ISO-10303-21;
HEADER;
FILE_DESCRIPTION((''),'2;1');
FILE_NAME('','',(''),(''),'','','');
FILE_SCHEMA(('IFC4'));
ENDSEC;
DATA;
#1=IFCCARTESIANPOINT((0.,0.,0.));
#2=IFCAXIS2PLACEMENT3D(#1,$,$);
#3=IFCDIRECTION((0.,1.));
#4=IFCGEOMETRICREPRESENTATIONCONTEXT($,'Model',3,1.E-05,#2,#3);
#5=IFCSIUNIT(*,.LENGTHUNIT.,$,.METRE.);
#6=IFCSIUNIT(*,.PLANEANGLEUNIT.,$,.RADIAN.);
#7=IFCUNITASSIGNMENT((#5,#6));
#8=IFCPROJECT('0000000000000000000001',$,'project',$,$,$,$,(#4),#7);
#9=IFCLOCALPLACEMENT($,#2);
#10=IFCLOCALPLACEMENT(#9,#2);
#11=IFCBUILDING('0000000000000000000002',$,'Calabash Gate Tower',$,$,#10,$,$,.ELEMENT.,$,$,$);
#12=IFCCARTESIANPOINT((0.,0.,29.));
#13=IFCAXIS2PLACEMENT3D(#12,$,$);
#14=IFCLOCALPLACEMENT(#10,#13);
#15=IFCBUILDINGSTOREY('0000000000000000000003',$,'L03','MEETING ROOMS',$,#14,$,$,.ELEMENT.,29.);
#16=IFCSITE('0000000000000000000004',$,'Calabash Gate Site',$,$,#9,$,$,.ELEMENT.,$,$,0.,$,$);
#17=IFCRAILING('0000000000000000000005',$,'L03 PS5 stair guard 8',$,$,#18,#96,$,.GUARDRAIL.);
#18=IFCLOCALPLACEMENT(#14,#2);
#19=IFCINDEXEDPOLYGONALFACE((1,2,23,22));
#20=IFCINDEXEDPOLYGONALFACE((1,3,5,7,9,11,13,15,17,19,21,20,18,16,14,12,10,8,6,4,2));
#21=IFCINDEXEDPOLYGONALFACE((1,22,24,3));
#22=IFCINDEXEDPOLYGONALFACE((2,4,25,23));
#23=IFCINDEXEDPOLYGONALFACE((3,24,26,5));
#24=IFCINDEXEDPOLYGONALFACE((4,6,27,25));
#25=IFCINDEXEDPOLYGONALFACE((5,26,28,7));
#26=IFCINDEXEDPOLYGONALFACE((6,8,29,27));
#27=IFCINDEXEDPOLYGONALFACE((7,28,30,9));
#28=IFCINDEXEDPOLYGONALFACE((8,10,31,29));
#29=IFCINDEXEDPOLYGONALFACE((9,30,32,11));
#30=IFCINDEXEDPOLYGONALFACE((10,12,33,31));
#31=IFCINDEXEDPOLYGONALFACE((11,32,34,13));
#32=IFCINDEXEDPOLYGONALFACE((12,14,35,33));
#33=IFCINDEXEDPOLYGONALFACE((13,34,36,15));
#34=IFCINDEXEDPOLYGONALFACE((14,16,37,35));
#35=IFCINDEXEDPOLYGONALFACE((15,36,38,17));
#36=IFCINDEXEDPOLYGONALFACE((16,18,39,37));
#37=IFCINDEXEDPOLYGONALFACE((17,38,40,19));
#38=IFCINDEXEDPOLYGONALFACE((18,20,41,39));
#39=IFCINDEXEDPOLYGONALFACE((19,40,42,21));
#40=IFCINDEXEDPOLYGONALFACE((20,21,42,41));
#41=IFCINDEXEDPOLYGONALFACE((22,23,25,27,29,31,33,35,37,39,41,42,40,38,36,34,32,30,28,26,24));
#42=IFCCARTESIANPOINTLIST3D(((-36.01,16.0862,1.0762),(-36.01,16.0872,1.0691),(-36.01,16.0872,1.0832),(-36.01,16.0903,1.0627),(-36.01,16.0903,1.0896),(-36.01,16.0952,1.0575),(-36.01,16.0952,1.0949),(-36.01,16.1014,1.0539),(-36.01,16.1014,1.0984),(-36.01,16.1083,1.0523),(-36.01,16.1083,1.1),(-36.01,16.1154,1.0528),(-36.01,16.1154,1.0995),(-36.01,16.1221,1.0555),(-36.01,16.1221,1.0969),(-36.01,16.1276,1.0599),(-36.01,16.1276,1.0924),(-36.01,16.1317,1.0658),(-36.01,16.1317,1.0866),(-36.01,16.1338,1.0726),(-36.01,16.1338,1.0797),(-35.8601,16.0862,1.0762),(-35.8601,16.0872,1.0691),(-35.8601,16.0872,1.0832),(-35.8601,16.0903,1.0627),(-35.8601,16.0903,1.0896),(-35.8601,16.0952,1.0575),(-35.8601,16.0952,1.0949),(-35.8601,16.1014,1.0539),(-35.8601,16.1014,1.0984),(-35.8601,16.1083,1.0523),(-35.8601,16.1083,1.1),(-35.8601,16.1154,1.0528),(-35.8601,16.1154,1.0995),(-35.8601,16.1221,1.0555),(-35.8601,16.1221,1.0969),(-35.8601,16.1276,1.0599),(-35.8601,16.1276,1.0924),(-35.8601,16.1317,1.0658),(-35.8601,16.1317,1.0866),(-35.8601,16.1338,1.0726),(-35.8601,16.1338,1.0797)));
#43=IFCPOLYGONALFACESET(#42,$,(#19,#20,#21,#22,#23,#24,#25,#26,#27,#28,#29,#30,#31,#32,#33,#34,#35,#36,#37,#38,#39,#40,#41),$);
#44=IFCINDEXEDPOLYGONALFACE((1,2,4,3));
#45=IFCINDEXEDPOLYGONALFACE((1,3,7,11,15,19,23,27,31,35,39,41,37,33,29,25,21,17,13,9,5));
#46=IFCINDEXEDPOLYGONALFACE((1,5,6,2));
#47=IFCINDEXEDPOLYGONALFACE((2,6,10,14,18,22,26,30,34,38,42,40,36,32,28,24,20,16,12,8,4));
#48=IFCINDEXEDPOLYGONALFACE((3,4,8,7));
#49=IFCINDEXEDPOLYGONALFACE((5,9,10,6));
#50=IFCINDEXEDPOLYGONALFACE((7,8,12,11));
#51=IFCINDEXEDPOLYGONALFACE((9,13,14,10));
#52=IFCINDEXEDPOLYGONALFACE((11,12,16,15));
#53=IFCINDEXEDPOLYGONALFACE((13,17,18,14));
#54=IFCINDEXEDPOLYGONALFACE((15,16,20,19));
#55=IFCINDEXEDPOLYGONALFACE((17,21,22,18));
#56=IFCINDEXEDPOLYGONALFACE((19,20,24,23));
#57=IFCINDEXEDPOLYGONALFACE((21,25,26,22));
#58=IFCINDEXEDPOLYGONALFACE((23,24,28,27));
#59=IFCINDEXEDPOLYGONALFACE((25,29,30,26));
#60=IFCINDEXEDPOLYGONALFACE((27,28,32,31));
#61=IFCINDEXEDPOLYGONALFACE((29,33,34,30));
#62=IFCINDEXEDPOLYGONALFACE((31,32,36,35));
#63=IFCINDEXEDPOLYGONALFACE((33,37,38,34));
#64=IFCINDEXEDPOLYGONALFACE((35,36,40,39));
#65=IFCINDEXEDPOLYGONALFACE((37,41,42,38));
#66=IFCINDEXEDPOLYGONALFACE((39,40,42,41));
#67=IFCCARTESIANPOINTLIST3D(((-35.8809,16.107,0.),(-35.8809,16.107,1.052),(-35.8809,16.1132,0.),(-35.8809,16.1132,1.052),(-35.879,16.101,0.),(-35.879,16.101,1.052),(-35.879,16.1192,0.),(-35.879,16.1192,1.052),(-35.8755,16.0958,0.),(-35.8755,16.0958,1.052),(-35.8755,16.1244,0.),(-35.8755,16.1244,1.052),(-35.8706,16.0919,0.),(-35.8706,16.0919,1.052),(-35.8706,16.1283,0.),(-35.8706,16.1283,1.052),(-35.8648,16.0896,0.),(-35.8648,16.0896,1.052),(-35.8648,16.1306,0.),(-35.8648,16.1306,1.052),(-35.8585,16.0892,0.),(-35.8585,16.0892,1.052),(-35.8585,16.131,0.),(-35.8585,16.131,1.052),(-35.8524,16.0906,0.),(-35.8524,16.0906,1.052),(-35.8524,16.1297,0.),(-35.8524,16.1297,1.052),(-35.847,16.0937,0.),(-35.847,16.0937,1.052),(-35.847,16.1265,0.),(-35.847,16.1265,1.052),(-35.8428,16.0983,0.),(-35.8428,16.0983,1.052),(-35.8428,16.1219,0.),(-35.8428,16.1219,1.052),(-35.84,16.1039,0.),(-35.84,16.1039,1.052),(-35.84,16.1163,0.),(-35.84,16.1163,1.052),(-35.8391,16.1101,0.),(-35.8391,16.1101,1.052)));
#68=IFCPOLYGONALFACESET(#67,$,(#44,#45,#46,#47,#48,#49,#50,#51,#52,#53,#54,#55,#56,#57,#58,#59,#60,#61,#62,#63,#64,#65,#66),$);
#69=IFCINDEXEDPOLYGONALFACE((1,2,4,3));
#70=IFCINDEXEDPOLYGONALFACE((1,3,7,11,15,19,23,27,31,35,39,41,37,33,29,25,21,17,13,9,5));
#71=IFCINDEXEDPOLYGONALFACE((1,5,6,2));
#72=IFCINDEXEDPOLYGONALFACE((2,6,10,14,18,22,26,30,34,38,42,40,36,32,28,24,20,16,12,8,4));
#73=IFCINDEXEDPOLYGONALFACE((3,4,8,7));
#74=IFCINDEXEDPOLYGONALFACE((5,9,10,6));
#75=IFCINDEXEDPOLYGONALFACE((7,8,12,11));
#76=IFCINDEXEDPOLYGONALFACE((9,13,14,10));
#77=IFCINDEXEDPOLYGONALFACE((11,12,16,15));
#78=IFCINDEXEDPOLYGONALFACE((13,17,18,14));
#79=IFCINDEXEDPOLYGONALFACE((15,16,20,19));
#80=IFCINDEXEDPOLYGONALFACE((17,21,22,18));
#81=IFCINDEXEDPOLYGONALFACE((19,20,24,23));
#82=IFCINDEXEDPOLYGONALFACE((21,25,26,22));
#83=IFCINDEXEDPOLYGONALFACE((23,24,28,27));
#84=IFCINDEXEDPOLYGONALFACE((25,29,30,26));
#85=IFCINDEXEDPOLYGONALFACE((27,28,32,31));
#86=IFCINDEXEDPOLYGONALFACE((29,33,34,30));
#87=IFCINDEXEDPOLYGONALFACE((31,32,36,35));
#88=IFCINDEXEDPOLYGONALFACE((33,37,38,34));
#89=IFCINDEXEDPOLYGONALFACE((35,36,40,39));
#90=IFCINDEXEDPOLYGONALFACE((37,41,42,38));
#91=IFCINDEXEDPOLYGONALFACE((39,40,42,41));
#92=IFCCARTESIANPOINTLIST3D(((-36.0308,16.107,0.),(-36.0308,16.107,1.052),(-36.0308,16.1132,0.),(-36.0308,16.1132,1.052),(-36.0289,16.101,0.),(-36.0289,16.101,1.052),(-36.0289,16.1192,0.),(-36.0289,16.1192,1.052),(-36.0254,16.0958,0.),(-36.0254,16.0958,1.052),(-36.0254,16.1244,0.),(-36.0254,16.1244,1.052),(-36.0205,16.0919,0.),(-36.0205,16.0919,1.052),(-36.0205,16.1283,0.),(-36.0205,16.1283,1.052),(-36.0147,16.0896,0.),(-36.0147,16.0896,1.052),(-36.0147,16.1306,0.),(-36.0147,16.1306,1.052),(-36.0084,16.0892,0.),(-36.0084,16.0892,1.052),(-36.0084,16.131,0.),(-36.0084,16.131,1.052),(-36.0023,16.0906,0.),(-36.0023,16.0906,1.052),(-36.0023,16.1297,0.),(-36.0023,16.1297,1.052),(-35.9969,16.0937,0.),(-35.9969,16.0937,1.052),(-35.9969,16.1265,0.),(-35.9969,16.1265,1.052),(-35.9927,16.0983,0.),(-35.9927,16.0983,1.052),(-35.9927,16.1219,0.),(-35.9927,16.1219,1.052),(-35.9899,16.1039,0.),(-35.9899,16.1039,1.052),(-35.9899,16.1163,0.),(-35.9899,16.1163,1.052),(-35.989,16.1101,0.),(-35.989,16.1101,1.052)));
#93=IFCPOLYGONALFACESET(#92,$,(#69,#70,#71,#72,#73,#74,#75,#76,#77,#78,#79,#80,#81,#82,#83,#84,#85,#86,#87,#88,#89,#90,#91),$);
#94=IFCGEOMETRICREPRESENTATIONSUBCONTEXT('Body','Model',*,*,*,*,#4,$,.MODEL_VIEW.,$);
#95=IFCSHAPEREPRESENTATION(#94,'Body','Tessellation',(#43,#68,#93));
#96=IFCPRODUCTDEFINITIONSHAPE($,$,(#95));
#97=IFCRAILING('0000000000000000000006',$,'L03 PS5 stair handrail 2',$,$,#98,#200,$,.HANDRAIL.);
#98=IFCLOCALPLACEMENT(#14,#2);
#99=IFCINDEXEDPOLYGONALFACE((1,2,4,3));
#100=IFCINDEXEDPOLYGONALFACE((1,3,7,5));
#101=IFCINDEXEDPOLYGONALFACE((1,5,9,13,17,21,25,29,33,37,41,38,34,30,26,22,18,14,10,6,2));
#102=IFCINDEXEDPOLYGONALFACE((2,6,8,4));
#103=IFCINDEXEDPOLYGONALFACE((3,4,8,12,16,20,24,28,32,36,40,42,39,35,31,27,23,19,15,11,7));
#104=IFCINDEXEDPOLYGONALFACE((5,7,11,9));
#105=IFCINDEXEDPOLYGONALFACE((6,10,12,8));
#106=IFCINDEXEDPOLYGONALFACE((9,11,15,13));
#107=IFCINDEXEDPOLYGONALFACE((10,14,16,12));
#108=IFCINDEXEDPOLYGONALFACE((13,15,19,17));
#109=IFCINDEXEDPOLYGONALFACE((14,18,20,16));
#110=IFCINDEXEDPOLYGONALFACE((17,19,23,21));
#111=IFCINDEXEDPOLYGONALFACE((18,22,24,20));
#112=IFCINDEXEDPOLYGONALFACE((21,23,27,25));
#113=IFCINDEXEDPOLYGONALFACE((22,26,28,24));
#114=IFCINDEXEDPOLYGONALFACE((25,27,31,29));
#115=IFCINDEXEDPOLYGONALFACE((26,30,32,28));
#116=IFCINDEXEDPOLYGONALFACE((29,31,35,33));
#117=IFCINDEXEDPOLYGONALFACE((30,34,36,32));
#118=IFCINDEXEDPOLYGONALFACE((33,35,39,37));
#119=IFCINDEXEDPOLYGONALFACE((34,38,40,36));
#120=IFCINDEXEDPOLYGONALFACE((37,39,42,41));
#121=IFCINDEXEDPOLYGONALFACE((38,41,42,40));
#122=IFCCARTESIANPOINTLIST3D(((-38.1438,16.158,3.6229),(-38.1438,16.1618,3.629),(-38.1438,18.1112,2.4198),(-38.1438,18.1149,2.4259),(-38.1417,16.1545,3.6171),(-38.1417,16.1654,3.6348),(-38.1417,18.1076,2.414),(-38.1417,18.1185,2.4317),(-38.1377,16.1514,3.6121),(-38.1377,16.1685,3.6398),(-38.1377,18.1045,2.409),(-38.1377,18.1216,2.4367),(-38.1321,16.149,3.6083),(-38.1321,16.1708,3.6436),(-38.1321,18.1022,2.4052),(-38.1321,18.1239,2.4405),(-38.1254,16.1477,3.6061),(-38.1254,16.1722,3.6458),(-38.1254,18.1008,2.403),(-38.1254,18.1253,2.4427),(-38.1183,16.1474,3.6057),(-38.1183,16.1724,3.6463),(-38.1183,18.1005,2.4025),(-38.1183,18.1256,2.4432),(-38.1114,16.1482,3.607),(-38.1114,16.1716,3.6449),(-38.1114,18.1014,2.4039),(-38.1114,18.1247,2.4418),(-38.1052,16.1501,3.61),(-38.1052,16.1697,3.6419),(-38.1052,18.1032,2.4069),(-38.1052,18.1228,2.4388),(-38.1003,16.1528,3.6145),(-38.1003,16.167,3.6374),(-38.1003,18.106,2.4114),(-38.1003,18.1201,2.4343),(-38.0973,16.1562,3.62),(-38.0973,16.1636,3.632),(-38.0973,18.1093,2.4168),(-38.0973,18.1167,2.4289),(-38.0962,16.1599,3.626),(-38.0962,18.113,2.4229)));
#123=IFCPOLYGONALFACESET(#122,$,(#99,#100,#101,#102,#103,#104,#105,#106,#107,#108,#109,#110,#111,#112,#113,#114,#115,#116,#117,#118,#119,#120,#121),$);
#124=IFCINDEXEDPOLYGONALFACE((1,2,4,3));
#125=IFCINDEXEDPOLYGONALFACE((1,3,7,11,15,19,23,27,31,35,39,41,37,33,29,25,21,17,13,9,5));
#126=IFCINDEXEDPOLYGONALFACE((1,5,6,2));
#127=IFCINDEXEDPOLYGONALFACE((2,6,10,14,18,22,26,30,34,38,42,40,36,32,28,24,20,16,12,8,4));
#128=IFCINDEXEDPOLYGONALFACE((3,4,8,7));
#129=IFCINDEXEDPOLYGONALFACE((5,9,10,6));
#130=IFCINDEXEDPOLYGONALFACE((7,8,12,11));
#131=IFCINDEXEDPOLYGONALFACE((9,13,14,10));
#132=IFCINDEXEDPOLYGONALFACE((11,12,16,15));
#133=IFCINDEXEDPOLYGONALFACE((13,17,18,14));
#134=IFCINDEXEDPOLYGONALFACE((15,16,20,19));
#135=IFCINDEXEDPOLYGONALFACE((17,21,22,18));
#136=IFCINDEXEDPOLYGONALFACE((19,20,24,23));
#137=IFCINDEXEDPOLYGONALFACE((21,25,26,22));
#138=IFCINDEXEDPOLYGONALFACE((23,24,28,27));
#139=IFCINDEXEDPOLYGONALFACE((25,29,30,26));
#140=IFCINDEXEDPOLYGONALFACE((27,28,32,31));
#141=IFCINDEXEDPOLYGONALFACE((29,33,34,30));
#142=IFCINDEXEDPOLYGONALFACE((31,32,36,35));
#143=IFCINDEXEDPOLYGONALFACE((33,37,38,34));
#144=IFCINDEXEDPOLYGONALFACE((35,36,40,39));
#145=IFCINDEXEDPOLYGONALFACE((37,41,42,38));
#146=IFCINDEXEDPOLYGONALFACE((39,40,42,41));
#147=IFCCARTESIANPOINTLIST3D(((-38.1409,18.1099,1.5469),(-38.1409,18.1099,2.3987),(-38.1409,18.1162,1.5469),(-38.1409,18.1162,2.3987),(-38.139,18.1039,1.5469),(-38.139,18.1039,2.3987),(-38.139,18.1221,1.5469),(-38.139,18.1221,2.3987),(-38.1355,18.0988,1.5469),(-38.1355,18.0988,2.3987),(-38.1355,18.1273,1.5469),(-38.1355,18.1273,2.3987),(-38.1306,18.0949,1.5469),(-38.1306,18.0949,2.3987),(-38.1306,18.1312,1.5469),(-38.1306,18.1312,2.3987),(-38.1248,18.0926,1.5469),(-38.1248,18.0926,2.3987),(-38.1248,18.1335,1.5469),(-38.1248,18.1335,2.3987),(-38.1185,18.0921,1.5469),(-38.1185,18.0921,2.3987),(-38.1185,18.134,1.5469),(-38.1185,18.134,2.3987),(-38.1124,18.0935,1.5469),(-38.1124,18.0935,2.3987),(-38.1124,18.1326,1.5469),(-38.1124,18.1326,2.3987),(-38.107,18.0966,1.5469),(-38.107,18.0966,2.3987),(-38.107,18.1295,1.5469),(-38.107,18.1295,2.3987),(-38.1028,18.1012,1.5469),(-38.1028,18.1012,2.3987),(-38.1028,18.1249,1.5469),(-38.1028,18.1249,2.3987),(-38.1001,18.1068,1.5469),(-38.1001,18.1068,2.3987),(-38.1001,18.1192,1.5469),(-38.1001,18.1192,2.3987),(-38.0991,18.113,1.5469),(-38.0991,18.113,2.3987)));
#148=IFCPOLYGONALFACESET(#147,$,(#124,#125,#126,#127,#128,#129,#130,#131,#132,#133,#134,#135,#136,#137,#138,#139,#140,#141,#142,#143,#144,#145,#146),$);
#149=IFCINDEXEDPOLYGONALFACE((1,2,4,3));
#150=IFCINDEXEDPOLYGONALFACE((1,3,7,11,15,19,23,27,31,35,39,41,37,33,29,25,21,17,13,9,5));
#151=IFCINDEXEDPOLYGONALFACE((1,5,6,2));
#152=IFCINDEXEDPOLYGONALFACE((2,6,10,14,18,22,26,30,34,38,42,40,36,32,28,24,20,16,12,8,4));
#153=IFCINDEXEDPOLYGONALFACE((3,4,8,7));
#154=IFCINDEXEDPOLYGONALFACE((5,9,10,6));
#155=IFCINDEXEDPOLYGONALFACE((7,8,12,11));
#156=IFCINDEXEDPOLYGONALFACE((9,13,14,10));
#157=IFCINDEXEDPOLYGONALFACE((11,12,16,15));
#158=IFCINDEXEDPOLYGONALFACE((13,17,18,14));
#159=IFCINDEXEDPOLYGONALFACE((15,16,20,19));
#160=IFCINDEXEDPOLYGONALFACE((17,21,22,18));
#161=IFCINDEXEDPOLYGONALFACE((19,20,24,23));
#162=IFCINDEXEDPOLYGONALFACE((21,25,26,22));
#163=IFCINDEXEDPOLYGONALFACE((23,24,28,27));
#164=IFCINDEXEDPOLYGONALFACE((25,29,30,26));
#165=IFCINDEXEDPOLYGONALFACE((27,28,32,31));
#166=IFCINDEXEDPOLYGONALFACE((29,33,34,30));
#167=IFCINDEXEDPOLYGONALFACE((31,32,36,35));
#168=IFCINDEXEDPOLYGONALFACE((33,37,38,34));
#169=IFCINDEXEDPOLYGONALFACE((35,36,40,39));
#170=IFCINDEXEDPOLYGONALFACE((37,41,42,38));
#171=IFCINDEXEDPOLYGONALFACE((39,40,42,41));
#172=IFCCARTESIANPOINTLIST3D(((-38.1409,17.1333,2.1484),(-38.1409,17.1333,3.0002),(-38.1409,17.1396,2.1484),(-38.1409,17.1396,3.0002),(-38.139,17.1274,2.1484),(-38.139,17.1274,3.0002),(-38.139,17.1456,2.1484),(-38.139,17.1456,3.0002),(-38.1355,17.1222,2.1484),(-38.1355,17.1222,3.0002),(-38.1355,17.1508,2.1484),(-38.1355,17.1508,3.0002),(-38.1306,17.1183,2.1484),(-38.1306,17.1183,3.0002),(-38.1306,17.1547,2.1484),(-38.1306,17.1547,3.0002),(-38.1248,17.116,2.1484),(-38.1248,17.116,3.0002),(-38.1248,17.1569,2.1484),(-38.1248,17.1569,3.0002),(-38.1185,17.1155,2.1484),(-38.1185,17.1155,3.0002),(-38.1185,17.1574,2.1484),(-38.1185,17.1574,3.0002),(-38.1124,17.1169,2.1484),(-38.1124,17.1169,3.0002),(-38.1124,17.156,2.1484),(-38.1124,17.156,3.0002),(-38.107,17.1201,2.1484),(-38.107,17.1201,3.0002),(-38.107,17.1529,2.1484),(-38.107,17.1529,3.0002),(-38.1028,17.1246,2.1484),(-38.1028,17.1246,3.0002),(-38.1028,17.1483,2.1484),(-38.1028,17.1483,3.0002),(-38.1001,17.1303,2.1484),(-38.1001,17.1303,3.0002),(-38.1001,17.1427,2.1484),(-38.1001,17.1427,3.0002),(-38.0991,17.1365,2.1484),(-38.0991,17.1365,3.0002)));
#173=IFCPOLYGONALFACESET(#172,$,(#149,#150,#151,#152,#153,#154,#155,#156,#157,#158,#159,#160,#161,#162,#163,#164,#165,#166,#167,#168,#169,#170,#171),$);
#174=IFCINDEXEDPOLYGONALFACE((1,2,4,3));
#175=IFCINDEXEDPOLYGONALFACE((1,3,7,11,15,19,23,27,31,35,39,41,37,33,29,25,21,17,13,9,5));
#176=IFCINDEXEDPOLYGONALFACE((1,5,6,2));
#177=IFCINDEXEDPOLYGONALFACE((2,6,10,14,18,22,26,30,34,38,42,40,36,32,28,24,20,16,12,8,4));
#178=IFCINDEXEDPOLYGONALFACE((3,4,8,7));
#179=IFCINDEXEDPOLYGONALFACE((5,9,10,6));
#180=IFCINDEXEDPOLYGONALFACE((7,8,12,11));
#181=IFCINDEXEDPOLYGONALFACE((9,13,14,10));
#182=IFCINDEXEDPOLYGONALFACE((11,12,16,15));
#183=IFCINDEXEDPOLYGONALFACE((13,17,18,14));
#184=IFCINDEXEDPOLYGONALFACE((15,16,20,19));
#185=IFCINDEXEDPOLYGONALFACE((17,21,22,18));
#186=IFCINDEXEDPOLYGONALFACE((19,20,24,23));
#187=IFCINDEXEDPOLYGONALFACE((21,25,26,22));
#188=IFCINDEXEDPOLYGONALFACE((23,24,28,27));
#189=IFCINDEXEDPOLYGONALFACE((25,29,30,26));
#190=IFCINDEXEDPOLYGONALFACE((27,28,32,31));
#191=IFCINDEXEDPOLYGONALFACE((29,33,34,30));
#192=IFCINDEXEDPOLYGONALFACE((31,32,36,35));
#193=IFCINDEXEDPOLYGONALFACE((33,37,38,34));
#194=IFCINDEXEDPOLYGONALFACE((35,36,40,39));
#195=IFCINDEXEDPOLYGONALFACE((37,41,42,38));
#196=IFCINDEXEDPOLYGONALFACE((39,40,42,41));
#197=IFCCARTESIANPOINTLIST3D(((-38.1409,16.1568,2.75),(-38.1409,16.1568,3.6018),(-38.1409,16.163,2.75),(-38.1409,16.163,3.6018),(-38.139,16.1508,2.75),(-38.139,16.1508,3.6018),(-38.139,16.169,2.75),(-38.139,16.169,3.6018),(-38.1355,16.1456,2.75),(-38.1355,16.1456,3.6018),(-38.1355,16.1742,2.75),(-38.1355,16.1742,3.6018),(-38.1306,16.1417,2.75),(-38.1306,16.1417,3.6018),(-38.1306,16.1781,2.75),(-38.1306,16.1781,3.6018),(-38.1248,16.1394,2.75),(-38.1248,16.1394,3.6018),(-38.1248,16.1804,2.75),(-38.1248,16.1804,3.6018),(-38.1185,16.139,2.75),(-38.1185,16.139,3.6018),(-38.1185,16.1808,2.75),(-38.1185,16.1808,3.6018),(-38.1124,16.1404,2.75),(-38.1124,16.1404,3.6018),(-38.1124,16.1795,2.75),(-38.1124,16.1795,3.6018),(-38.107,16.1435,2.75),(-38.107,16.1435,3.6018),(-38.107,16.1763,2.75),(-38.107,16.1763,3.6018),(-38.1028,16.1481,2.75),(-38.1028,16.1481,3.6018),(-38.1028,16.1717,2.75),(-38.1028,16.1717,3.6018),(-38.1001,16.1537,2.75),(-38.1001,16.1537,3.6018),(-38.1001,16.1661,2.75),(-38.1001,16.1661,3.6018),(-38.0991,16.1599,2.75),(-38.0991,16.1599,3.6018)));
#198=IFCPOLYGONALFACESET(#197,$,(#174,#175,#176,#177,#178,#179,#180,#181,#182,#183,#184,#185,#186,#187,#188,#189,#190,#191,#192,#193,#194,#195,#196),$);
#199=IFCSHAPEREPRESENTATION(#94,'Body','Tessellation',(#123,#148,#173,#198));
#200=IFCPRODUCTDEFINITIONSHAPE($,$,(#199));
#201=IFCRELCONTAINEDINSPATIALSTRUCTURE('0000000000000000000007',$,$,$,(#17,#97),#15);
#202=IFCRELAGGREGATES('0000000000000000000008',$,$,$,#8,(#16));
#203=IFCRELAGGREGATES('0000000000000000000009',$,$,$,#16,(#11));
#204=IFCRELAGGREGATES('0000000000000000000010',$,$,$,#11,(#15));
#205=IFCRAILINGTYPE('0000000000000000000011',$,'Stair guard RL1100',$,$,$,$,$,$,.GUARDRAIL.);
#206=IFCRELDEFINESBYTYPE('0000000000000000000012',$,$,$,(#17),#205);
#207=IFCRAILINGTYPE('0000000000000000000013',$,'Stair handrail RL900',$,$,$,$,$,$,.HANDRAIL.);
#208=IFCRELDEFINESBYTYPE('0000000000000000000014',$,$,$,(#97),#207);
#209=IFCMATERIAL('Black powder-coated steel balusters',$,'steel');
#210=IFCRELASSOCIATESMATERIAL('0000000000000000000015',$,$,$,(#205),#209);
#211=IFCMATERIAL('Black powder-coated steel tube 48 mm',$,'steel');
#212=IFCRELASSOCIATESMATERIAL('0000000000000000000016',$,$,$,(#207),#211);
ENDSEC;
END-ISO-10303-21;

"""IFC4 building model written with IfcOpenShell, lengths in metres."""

from ifc_helpers import new_model, si_unit, direction, frame, origin, origin_2d, place, context, subcontext, project, spatial, circle, extrude, material, type_object, element, save


model = new_model("IFC4")

# Units and contexts
model_context = context("Model", 3, precision=1e-05, world=origin(), true_north=direction((0.0, 1.0)))
body_context = subcontext(model_context, "Body", "Model", "MODEL_VIEW")
ifc_project = project(units=[si_unit("LENGTHUNIT", "METRE"), si_unit("PLANEANGLEUNIT", "RADIAN")], contexts=[model_context])

# Site, building, storey
site_placement = place(None, origin())
site = spatial("IfcSite", under=ifc_project, at=site_placement, Name="Calabash Gate Site", CompositionType="ELEMENT", RefElevation=0.0)
building_placement = place(site_placement, origin())
building = spatial("IfcBuilding", under=site, at=building_placement, Name="Calabash Gate Tower", CompositionType="ELEMENT")
storey_placement = place(building_placement, frame((0.0, 0.0, 29.0)))
storey = spatial("IfcBuildingStorey", under=building, at=storey_placement, Name="L03", Description="MEETING ROOMS", CompositionType="ELEMENT", Elevation=29.0)

# Railings
ifc_material_1 = material(Name="Black powder-coated steel balusters", Category="steel")
railing_type_1 = type_object("IfcRailingType", Name="Stair guard RL1100", PredefinedType="GUARDRAIL", material=ifc_material_1)
railing_1_placement = place(storey_placement, frame((-35.8601, 16.1101, 0.0)))
element("IfcRailing", 1, at=railing_1_placement, inside=storey, type_object=railing_type_1, Name="L03 PS5 stair guard 8", PredefinedType="GUARDRAIL", context=body_context, shape_type="SweptSolid", body=[
    extrude(circle(Radius=0.0239, at=origin_2d()), frame((0.0, 0.0, 1.0762), z_axis=(-1.0, 0.0, 0.0), x_axis=(0.0, -1.0, 0.0)), (0.0, 0.0, 1.0), 0.1499),
    extrude(circle(Radius=0.021, at=origin_2d()), origin(), (0.0, 0.0, 1.0), 1.052),
    extrude(circle(Radius=0.021, at=origin_2d()), frame((-0.1499, 0.0, 0.0)), (0.0, 0.0, 1.0), 1.052),
])
ifc_material_2 = material(Name="Black powder-coated steel tube 48 mm", Category="steel")
railing_type_2 = type_object("IfcRailingType", Name="Stair handrail RL900", PredefinedType="HANDRAIL", material=ifc_material_2)
for number, where, name in (
    (2, (-38.1201, 18.113, 1.5469), "L03 PS5 stair handrail 2"),
):
    element("IfcRailing", number, at=place(storey_placement, frame(where)), inside=storey, type_object=railing_type_2, Name=name, PredefinedType="HANDRAIL", context=body_context, shape_type="SweptSolid", body=[
        extrude(circle(Radius=0.0239, at=origin_2d()), frame((0.0, 0.0, 0.876), z_axis=(0.0, -0.851424, 0.524477), x_axis=(1.0, 0.0, 0.0)), (0.0, 0.0, 1.0), 2.2939),
        extrude(circle(Radius=0.021, at=origin_2d()), origin(), (0.0, 0.0, 1.0), 0.8518),
        extrude(circle(Radius=0.021, at=origin_2d()), frame((0.0, -0.9766, 0.6016)), (0.0, 0.0, 1.0), 0.8518),
        extrude(circle(Radius=0.021, at=origin_2d()), frame((0.0, -1.9531, 1.2031)), (0.0, 0.0, 1.0), 0.8518),
    ])

save(model, "model.ifc")
